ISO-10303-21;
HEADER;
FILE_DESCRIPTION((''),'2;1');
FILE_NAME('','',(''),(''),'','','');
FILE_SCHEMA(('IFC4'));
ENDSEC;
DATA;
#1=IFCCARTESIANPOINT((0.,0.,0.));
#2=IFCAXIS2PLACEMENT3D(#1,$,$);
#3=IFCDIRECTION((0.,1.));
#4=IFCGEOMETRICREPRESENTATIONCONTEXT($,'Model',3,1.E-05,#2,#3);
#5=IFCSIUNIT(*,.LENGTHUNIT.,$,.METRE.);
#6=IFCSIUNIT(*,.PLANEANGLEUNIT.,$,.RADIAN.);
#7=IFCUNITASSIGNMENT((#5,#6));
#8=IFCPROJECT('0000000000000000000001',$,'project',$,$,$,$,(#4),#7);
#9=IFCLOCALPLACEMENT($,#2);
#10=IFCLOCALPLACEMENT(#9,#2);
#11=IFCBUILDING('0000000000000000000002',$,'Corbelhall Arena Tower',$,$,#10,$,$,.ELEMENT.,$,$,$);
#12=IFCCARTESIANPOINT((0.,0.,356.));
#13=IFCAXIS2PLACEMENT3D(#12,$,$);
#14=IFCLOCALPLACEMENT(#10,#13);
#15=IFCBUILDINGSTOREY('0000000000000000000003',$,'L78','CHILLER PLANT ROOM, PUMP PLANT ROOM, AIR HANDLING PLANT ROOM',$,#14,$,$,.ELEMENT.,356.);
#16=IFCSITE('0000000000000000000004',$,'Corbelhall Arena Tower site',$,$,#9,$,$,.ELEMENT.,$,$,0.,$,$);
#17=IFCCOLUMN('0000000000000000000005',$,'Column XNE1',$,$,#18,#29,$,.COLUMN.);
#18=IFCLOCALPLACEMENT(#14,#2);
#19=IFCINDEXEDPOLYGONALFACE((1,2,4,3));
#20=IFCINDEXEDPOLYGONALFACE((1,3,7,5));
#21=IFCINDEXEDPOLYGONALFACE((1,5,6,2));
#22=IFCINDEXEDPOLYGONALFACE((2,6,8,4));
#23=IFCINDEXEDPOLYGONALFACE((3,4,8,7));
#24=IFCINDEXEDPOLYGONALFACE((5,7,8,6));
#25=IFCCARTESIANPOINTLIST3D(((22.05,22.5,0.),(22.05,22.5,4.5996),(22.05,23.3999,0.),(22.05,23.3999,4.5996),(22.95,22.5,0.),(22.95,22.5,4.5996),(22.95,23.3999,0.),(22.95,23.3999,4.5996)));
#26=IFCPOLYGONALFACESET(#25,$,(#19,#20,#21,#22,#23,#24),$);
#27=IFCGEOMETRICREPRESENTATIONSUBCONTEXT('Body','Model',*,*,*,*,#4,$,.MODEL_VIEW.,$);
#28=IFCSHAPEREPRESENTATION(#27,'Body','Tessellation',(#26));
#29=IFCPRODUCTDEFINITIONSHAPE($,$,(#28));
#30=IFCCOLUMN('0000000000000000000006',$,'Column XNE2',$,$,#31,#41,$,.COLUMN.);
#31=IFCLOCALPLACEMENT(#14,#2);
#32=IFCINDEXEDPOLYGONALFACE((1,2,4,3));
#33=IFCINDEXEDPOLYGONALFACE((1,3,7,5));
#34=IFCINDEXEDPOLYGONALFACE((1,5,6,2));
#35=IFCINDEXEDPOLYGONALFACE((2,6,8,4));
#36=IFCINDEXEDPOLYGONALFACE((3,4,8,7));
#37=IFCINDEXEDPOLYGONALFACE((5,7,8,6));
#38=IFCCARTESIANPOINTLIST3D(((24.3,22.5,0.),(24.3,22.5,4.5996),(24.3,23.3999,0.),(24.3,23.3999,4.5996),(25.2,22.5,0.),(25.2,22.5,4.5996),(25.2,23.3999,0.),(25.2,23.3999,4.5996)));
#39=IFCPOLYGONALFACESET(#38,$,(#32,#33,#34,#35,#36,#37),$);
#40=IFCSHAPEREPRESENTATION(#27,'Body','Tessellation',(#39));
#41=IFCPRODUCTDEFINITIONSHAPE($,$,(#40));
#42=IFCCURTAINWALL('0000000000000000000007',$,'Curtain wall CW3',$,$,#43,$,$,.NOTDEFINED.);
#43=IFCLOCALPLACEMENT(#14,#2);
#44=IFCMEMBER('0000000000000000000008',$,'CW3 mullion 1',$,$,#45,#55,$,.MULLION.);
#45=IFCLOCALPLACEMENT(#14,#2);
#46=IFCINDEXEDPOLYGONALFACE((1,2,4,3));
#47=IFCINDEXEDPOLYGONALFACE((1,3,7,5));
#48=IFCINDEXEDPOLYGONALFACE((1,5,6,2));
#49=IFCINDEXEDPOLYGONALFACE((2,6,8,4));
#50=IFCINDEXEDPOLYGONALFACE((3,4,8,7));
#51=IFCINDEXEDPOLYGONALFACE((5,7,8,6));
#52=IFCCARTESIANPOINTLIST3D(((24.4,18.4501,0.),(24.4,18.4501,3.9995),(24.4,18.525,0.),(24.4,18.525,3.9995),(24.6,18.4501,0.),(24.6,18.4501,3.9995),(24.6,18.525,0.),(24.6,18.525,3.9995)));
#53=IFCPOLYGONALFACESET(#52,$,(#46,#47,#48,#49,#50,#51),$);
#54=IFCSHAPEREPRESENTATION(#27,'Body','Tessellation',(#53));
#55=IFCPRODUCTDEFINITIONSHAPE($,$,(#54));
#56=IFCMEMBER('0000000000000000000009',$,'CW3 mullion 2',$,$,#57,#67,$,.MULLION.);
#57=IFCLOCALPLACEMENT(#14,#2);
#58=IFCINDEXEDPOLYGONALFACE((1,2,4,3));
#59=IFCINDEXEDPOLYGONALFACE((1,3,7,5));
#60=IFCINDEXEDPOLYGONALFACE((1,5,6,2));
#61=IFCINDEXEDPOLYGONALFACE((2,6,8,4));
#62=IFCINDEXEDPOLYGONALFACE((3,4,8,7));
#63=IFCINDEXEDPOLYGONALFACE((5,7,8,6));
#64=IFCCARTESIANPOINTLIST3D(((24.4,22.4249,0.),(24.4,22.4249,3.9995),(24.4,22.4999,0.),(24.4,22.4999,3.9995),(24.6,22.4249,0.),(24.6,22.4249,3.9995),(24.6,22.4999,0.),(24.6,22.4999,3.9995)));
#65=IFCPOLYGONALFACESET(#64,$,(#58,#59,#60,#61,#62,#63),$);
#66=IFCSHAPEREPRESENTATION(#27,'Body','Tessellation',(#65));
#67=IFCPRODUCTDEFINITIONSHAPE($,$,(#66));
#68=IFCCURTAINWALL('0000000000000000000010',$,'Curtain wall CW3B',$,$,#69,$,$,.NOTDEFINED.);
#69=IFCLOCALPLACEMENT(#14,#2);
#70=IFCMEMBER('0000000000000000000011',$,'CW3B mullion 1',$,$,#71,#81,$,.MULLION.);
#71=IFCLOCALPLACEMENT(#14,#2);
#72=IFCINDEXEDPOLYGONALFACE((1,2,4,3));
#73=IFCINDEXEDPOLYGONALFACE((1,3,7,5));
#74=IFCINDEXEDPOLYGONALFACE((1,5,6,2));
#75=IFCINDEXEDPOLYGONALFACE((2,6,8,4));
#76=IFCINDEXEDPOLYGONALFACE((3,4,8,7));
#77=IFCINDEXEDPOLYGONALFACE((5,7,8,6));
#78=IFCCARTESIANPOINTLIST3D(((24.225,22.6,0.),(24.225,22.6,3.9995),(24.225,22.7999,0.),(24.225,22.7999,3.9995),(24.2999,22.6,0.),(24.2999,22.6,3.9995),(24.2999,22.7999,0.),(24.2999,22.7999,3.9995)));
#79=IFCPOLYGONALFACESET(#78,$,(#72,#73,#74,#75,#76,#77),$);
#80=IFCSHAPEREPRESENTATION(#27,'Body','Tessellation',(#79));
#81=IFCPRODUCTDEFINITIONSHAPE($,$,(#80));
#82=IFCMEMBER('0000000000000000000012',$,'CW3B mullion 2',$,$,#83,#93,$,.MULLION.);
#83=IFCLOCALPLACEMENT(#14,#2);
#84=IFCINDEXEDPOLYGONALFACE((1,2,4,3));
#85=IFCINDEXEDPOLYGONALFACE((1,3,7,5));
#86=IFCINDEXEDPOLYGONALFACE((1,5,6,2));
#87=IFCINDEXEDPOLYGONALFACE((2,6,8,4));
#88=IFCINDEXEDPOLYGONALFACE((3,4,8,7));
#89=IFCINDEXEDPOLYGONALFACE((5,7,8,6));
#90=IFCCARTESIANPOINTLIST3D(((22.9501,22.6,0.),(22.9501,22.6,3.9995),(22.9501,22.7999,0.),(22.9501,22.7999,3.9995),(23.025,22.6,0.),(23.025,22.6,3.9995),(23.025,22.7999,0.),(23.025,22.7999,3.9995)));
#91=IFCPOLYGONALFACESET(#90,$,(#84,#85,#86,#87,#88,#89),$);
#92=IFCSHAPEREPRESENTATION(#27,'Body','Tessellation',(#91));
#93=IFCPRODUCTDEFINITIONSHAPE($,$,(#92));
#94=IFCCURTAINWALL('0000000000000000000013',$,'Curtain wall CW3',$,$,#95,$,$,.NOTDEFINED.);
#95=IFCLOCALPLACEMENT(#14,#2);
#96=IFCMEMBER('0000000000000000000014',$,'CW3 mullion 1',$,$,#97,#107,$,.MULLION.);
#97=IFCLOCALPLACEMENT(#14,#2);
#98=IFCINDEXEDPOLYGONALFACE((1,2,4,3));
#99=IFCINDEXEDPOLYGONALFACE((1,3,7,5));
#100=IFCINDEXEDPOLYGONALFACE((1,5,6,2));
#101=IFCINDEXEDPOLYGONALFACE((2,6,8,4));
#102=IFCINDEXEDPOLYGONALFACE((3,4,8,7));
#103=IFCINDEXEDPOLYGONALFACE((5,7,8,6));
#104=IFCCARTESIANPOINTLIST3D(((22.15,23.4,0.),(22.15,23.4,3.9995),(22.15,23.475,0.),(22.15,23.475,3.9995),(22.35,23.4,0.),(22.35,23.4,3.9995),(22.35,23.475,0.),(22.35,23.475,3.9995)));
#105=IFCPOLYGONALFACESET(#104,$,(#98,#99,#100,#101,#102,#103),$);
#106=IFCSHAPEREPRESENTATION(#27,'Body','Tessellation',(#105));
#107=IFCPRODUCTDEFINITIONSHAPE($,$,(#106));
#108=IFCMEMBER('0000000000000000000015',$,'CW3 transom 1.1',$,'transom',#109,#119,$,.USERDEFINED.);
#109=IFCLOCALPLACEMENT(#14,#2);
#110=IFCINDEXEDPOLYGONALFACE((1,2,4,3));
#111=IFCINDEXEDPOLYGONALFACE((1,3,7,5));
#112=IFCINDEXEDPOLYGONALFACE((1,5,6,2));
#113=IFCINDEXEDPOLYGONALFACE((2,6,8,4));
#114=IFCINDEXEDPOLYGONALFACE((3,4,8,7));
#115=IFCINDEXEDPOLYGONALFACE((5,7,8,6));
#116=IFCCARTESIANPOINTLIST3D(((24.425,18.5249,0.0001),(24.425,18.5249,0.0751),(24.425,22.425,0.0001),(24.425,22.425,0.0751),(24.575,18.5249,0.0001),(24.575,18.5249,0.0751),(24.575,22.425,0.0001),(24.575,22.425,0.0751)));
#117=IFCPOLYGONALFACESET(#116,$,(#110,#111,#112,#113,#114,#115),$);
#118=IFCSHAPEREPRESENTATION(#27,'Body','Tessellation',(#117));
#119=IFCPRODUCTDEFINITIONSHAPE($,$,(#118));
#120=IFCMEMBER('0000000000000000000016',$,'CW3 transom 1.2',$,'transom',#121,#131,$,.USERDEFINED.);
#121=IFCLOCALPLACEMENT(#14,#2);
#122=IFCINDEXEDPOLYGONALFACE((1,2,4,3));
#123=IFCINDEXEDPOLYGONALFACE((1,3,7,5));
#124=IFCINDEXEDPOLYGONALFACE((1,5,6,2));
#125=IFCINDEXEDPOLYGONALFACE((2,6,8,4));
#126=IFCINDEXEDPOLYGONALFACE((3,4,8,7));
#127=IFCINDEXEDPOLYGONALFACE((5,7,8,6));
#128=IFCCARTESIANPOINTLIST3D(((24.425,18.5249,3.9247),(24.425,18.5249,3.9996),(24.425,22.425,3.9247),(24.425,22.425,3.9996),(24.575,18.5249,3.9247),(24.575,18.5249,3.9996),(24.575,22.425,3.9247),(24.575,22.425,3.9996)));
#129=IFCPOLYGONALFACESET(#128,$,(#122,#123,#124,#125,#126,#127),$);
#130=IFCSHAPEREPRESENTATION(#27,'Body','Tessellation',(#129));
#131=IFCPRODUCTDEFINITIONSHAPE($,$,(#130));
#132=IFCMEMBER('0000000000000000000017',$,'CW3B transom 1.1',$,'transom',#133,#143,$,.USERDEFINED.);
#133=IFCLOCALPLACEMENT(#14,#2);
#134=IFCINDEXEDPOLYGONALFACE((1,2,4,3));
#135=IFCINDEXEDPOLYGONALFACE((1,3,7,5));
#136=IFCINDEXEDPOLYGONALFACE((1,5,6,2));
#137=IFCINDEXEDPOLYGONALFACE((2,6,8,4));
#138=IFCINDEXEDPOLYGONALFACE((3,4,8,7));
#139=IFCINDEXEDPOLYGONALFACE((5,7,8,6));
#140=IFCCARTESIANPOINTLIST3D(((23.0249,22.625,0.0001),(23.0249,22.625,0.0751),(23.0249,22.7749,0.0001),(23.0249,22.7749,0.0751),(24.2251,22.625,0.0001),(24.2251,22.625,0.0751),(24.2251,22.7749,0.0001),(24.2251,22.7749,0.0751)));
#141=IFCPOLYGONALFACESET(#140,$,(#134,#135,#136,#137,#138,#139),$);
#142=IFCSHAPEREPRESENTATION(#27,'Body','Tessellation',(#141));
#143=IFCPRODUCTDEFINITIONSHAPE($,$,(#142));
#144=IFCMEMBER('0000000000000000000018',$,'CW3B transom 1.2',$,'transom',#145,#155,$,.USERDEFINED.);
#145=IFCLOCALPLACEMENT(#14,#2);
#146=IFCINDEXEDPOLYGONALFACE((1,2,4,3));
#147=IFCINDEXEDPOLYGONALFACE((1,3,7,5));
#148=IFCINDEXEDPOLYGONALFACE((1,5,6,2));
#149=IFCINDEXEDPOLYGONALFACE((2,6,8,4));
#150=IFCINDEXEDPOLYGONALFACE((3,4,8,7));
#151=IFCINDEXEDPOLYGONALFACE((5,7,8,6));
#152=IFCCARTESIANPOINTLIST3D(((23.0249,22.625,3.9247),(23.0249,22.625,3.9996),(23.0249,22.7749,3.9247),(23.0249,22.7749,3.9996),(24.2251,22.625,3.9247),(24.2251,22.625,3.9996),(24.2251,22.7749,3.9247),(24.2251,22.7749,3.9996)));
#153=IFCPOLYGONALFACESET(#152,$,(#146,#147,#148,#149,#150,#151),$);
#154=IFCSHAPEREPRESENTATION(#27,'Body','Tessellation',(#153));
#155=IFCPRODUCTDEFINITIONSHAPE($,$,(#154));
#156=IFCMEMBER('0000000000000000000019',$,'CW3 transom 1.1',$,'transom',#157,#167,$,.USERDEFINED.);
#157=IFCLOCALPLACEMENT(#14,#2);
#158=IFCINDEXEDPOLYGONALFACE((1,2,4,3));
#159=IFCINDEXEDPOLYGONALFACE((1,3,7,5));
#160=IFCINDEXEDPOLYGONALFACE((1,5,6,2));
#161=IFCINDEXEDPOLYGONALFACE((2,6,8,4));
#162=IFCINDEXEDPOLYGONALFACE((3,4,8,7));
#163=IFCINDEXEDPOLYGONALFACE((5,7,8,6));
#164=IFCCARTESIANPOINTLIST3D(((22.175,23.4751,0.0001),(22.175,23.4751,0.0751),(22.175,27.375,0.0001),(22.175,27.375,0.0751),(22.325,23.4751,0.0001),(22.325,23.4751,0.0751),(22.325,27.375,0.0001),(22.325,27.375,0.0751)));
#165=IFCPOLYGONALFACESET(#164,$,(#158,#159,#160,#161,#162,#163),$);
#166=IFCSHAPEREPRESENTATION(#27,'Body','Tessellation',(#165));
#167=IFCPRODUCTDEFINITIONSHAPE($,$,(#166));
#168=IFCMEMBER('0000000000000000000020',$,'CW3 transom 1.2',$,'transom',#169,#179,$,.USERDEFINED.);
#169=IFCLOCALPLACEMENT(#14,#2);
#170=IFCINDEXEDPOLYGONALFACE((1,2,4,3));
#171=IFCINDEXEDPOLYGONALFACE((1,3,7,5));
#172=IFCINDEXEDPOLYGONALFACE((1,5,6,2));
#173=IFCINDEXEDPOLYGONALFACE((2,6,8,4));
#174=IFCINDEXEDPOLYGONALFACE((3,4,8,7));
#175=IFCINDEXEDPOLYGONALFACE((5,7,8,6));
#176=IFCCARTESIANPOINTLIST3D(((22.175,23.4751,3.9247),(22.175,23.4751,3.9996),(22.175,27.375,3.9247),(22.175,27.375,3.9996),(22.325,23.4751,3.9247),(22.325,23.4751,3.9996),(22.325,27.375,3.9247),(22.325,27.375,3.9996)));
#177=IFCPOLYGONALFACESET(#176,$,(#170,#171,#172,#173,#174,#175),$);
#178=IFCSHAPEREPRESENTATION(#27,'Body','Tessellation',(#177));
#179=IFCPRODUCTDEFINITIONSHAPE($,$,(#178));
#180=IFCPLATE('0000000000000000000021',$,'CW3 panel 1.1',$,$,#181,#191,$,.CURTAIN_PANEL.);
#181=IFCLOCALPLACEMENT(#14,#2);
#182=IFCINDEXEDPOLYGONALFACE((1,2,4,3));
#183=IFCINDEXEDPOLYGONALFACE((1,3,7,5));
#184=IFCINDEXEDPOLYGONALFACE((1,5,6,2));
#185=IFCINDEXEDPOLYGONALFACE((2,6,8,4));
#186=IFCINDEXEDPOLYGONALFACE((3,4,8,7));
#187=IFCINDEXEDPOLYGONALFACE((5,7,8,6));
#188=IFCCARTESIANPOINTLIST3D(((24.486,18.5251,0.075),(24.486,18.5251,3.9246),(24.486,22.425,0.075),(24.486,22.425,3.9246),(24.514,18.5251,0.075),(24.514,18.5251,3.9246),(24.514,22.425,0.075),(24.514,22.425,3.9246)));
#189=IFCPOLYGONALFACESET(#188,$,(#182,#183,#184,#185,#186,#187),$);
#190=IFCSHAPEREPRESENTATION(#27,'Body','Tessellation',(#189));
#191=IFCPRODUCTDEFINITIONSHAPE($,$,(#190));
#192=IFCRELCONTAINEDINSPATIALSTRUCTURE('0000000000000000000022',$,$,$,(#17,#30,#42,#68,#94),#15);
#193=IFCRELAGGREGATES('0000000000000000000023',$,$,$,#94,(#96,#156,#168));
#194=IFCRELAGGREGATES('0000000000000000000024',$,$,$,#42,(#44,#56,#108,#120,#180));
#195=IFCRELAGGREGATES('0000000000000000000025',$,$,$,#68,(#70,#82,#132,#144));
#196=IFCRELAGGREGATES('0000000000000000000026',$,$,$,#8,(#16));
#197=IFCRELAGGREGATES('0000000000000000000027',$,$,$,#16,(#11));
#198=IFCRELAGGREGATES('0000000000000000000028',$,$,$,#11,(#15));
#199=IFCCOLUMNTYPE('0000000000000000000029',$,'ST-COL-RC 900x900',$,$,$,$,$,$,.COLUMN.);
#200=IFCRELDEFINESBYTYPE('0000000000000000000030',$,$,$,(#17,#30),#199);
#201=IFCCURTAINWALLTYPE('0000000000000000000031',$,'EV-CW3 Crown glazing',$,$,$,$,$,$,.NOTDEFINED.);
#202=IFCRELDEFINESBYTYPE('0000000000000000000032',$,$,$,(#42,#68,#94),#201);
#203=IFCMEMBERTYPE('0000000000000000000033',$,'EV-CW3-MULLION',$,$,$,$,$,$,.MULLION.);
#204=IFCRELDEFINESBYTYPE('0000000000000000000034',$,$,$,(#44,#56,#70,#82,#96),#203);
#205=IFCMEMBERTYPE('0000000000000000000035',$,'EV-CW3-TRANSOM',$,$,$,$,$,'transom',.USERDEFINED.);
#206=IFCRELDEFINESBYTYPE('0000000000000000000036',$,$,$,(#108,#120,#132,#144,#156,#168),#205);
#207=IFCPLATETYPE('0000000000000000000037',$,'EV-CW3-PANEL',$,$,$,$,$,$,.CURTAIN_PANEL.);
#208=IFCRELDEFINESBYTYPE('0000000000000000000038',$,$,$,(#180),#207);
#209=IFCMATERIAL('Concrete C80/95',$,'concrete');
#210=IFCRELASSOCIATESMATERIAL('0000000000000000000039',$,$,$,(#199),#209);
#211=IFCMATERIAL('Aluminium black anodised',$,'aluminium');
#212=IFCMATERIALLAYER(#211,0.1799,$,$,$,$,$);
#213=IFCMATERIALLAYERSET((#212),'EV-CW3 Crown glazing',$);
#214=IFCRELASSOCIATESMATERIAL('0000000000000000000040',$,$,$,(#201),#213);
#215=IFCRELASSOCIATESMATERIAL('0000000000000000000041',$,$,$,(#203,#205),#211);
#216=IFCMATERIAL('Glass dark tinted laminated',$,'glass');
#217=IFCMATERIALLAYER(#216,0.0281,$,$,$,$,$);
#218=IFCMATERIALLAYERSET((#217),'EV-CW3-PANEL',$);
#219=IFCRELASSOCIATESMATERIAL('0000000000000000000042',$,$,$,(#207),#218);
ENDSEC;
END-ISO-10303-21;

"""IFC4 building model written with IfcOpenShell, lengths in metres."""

from ifc_helpers import new_model, si_unit, direction, frame, origin, origin_2d, place, context, subcontext, project, spatial, rectangle, extrude, material, layer, layer_set, material_profile, profile_set, type_object, element, aggregate, save


model = new_model("IFC4")

# Units and contexts
model_context = context("Model", 3, precision=1e-05, world=origin(), true_north=direction((0.0, 1.0)))
body_context = subcontext(model_context, "Body", "Model", "MODEL_VIEW")
ifc_project = project(units=[si_unit("LENGTHUNIT", "METRE"), si_unit("PLANEANGLEUNIT", "RADIAN")], contexts=[model_context])

# Site, building, storey
site_placement = place(None, origin())
site = spatial("IfcSite", under=ifc_project, at=site_placement, Name="Corbelhall Arena Tower site", CompositionType="ELEMENT", RefElevation=0.0)
building_placement = place(site_placement, origin())
building = spatial("IfcBuilding", under=site, at=building_placement, Name="Corbelhall Arena Tower", CompositionType="ELEMENT")
storey_placement = place(building_placement, frame((0.0, 0.0, 356.0)))
storey = spatial("IfcBuildingStorey", under=building, at=storey_placement, Name="L78", Description="CHILLER PLANT ROOM, PUMP PLANT ROOM, AIR HANDLING PLANT ROOM", CompositionType="ELEMENT", Elevation=356.0)

# Columns
ifc_material_1 = material(Name="Concrete C80/95", Category="concrete")
ifc_material_profile_1 = material_profile(ifc_material_1, rectangle(XDim=0.8999, YDim=0.8999, at=origin_2d()))
ifc_profile_set_1 = profile_set([ifc_material_profile_1], Name="Concrete C80/95")
column_type = type_object("IfcColumnType", Name="ST-COL-RC 900x900", PredefinedType="COLUMN", material=ifc_profile_set_1)
for number, where, z_axis, x_axis, name in (
    (1, (22.5, 22.95, 0.0), (0.0, 0.0, 1.0), (1.0, 0.0, 0.0), "Column XNE1"),
    (2, (24.75, 22.95, 0.0), (0.0, 0.0, 1.0), (1.0, 0.0, 0.0), "Column XNE2"),
):
    element("IfcColumn", number, at=place(storey_placement, frame(where, z_axis=z_axis, x_axis=x_axis)), inside=storey, type_object=column_type, Name=name, PredefinedType="COLUMN", context=body_context, shape_type="SweptSolid", body=[
        extrude(rectangle(XDim=0.8999, YDim=0.8999, at=origin_2d()), origin(), (0.0, 0.0, 1.0), 4.5996),
    ])

# Curtain walls, members
ifc_material_2 = material(Name="Aluminium black anodised", Category="aluminium")
ifc_layer_1 = layer(ifc_material_2, 0.1799)
ifc_layer_set_1 = layer_set([ifc_layer_1], Name="EV-CW3 Crown glazing")
curtain_wall_type = type_object("IfcCurtainWallType", Name="EV-CW3 Crown glazing", PredefinedType="NOTDEFINED", material=ifc_layer_set_1)
curtain_wall_1_placement = place(storey_placement, origin())
curtain_wall_1 = element("IfcCurtainWall", 3, at=curtain_wall_1_placement, inside=storey, type_object=curtain_wall_type, Name="Curtain wall CW3", PredefinedType="NOTDEFINED")
ifc_material_profile_2 = material_profile(ifc_material_2, rectangle(XDim=0.2, YDim=0.075, at=origin_2d()))
ifc_profile_set_2 = profile_set([ifc_material_profile_2], Name="Aluminium black anodised")
member_type_1 = type_object("IfcMemberType", Name="EV-CW3-MULLION", PredefinedType="MULLION", material=ifc_profile_set_2)
member_1_placement = place(storey_placement, frame((24.5, 18.4875, 0.0), z_axis=(0.0, 0.0, 1.0), x_axis=(-1.0, 0.0, 0.0)))
member_1 = element("IfcMember", 4, at=member_1_placement, type_object=member_type_1, Name="CW3 mullion 1", PredefinedType="MULLION", context=body_context, shape_type="SweptSolid", body=[
    extrude(rectangle(XDim=0.2, YDim=0.075, at=origin_2d()), origin(), (0.0, 0.0, 1.0), 3.9995),
])
member_2_placement = place(storey_placement, frame((24.5, 22.4624, 0.0), z_axis=(0.0, 0.0, 1.0), x_axis=(-1.0, 0.0, 0.0)))
member_2 = element("IfcMember", 5, at=member_2_placement, type_object=member_type_1, Name="CW3 mullion 2", PredefinedType="MULLION", context=body_context, shape_type="SweptSolid", body=[
    extrude(rectangle(XDim=0.2, YDim=0.075, at=origin_2d()), origin(), (0.0, 0.0, 1.0), 3.9995),
])
curtain_wall_2_placement = place(storey_placement, origin())
curtain_wall_2 = element("IfcCurtainWall", 6, at=curtain_wall_2_placement, inside=storey, type_object=curtain_wall_type, Name="Curtain wall CW3B", PredefinedType="NOTDEFINED")
member_3_placement = place(storey_placement, frame((24.2625, 22.7, 0.0), z_axis=(0.0, 0.0, 1.0), x_axis=(0.0, -1.0, 0.0)))
member_3 = element("IfcMember", 7, at=member_3_placement, type_object=member_type_1, Name="CW3B mullion 1", PredefinedType="MULLION", context=body_context, shape_type="SweptSolid", body=[
    extrude(rectangle(XDim=0.2, YDim=0.075, at=origin_2d()), origin(), (0.0, 0.0, 1.0), 3.9995),
])
member_4_placement = place(storey_placement, frame((22.9875, 22.7, 0.0), z_axis=(0.0, 0.0, 1.0), x_axis=(0.0, -1.0, 0.0)))
member_4 = element("IfcMember", 8, at=member_4_placement, type_object=member_type_1, Name="CW3B mullion 2", PredefinedType="MULLION", context=body_context, shape_type="SweptSolid", body=[
    extrude(rectangle(XDim=0.2, YDim=0.075, at=origin_2d()), origin(), (0.0, 0.0, 1.0), 3.9995),
])

# Curtain wall, member
curtain_wall_3_placement = place(storey_placement, origin())
curtain_wall_3 = element("IfcCurtainWall", 9, at=curtain_wall_3_placement, inside=storey, type_object=curtain_wall_type, Name="Curtain wall CW3", PredefinedType="NOTDEFINED")
member_5_placement = place(storey_placement, frame((22.25, 23.4375, 0.0), z_axis=(0.0, 0.0, 1.0), x_axis=(-1.0, 0.0, 0.0)))
member_5 = element("IfcMember", 10, at=member_5_placement, type_object=member_type_1, Name="CW3 mullion 1", PredefinedType="MULLION", context=body_context, shape_type="SweptSolid", body=[
    extrude(rectangle(XDim=0.2, YDim=0.075, at=origin_2d()), origin(), (0.0, 0.0, 1.0), 3.9995),
])

# Members
ifc_material_profile_3 = material_profile(ifc_material_2, rectangle(XDim=0.1499, YDim=0.075, at=origin_2d()))
ifc_profile_set_3 = profile_set([ifc_material_profile_3], Name="Aluminium black anodised")
member_type_2 = type_object("IfcMemberType", Name="EV-CW3-TRANSOM", ElementType="transom", PredefinedType="USERDEFINED", material=ifc_profile_set_3)
member_6_placement = place(storey_placement, frame((24.5, 18.5249, 0.0376), z_axis=(0.0, 1.0, 0.0), x_axis=(-1.0, 0.0, 0.0)))
member_6 = element("IfcMember", 11, at=member_6_placement, type_object=member_type_2, Name="CW3 transom 1.1", ObjectType="transom", PredefinedType="USERDEFINED", context=body_context, shape_type="SweptSolid", body=[
    extrude(rectangle(XDim=0.1499, YDim=0.075, at=origin_2d()), origin(), (0.0, 0.0, 1.0), 3.9001),
])
member_7_placement = place(storey_placement, frame((24.5, 18.5249, 3.9622), z_axis=(0.0, 1.0, 0.0), x_axis=(-1.0, 0.0, 0.0)))
member_7 = element("IfcMember", 12, at=member_7_placement, type_object=member_type_2, Name="CW3 transom 1.2", ObjectType="transom", PredefinedType="USERDEFINED", context=body_context, shape_type="SweptSolid", body=[
    extrude(rectangle(XDim=0.1499, YDim=0.075, at=origin_2d()), origin(), (0.0, 0.0, 1.0), 3.9001),
])
member_8_placement = place(storey_placement, frame((24.2251, 22.7, 0.0376), z_axis=(-1.0, 0.0, 0.0), x_axis=(0.0, -1.0, 0.0)))
member_8 = element("IfcMember", 13, at=member_8_placement, type_object=member_type_2, Name="CW3B transom 1.1", ObjectType="transom", PredefinedType="USERDEFINED", context=body_context, shape_type="SweptSolid", body=[
    extrude(rectangle(XDim=0.1499, YDim=0.075, at=origin_2d()), origin(), (0.0, 0.0, 1.0), 1.2002),
])
member_9_placement = place(storey_placement, frame((24.2251, 22.7, 3.9622), z_axis=(-1.0, 0.0, 0.0), x_axis=(0.0, -1.0, 0.0)))
member_9 = element("IfcMember", 14, at=member_9_placement, type_object=member_type_2, Name="CW3B transom 1.2", ObjectType="transom", PredefinedType="USERDEFINED", context=body_context, shape_type="SweptSolid", body=[
    extrude(rectangle(XDim=0.1499, YDim=0.075, at=origin_2d()), origin(), (0.0, 0.0, 1.0), 1.2002),
])
member_10_placement = place(storey_placement, frame((22.25, 23.4751, 0.0376), z_axis=(0.0, 1.0, 0.0), x_axis=(-1.0, 0.0, 0.0)))
member_10 = element("IfcMember", 15, at=member_10_placement, type_object=member_type_2, Name="CW3 transom 1.1", ObjectType="transom", PredefinedType="USERDEFINED", context=body_context, shape_type="SweptSolid", body=[
    extrude(rectangle(XDim=0.1499, YDim=0.075, at=origin_2d()), origin(), (0.0, 0.0, 1.0), 3.8999),
])
member_11_placement = place(storey_placement, frame((22.25, 23.4751, 3.9622), z_axis=(0.0, 1.0, 0.0), x_axis=(-1.0, 0.0, 0.0)))
member_11 = element("IfcMember", 16, at=member_11_placement, type_object=member_type_2, Name="CW3 transom 1.2", ObjectType="transom", PredefinedType="USERDEFINED", context=body_context, shape_type="SweptSolid", body=[
    extrude(rectangle(XDim=0.1499, YDim=0.075, at=origin_2d()), origin(), (0.0, 0.0, 1.0), 3.8999),
])
aggregate(curtain_wall_3, [member_5, member_10, member_11])

# Plate
ifc_material_3 = material(Name="Glass dark tinted laminated", Category="glass")
ifc_layer_2 = layer(ifc_material_3, 0.0281)
ifc_layer_set_2 = layer_set([ifc_layer_2], Name="EV-CW3-PANEL")
plate_type = type_object("IfcPlateType", Name="EV-CW3-PANEL", PredefinedType="CURTAIN_PANEL", material=ifc_layer_set_2)
plate_1_placement = place(storey_placement, frame((24.5, 20.4751, 0.075), z_axis=(0.0, 0.0, 1.0), x_axis=(0.0, 1.0, 0.0)))
plate_1 = element("IfcPlate", 17, at=plate_1_placement, type_object=plate_type, Name="CW3 panel 1.1", PredefinedType="CURTAIN_PANEL", context=body_context, shape_type="SweptSolid", body=[
    extrude(rectangle(XDim=3.8999, YDim=0.0281, at=origin_2d()), origin(), (0.0, 0.0, 1.0), 3.8496),
])
aggregate(curtain_wall_1, [member_1, member_2, member_6, member_7, plate_1])
aggregate(curtain_wall_2, [member_3, member_4, member_8, member_9])

save(model, "model.ifc")
